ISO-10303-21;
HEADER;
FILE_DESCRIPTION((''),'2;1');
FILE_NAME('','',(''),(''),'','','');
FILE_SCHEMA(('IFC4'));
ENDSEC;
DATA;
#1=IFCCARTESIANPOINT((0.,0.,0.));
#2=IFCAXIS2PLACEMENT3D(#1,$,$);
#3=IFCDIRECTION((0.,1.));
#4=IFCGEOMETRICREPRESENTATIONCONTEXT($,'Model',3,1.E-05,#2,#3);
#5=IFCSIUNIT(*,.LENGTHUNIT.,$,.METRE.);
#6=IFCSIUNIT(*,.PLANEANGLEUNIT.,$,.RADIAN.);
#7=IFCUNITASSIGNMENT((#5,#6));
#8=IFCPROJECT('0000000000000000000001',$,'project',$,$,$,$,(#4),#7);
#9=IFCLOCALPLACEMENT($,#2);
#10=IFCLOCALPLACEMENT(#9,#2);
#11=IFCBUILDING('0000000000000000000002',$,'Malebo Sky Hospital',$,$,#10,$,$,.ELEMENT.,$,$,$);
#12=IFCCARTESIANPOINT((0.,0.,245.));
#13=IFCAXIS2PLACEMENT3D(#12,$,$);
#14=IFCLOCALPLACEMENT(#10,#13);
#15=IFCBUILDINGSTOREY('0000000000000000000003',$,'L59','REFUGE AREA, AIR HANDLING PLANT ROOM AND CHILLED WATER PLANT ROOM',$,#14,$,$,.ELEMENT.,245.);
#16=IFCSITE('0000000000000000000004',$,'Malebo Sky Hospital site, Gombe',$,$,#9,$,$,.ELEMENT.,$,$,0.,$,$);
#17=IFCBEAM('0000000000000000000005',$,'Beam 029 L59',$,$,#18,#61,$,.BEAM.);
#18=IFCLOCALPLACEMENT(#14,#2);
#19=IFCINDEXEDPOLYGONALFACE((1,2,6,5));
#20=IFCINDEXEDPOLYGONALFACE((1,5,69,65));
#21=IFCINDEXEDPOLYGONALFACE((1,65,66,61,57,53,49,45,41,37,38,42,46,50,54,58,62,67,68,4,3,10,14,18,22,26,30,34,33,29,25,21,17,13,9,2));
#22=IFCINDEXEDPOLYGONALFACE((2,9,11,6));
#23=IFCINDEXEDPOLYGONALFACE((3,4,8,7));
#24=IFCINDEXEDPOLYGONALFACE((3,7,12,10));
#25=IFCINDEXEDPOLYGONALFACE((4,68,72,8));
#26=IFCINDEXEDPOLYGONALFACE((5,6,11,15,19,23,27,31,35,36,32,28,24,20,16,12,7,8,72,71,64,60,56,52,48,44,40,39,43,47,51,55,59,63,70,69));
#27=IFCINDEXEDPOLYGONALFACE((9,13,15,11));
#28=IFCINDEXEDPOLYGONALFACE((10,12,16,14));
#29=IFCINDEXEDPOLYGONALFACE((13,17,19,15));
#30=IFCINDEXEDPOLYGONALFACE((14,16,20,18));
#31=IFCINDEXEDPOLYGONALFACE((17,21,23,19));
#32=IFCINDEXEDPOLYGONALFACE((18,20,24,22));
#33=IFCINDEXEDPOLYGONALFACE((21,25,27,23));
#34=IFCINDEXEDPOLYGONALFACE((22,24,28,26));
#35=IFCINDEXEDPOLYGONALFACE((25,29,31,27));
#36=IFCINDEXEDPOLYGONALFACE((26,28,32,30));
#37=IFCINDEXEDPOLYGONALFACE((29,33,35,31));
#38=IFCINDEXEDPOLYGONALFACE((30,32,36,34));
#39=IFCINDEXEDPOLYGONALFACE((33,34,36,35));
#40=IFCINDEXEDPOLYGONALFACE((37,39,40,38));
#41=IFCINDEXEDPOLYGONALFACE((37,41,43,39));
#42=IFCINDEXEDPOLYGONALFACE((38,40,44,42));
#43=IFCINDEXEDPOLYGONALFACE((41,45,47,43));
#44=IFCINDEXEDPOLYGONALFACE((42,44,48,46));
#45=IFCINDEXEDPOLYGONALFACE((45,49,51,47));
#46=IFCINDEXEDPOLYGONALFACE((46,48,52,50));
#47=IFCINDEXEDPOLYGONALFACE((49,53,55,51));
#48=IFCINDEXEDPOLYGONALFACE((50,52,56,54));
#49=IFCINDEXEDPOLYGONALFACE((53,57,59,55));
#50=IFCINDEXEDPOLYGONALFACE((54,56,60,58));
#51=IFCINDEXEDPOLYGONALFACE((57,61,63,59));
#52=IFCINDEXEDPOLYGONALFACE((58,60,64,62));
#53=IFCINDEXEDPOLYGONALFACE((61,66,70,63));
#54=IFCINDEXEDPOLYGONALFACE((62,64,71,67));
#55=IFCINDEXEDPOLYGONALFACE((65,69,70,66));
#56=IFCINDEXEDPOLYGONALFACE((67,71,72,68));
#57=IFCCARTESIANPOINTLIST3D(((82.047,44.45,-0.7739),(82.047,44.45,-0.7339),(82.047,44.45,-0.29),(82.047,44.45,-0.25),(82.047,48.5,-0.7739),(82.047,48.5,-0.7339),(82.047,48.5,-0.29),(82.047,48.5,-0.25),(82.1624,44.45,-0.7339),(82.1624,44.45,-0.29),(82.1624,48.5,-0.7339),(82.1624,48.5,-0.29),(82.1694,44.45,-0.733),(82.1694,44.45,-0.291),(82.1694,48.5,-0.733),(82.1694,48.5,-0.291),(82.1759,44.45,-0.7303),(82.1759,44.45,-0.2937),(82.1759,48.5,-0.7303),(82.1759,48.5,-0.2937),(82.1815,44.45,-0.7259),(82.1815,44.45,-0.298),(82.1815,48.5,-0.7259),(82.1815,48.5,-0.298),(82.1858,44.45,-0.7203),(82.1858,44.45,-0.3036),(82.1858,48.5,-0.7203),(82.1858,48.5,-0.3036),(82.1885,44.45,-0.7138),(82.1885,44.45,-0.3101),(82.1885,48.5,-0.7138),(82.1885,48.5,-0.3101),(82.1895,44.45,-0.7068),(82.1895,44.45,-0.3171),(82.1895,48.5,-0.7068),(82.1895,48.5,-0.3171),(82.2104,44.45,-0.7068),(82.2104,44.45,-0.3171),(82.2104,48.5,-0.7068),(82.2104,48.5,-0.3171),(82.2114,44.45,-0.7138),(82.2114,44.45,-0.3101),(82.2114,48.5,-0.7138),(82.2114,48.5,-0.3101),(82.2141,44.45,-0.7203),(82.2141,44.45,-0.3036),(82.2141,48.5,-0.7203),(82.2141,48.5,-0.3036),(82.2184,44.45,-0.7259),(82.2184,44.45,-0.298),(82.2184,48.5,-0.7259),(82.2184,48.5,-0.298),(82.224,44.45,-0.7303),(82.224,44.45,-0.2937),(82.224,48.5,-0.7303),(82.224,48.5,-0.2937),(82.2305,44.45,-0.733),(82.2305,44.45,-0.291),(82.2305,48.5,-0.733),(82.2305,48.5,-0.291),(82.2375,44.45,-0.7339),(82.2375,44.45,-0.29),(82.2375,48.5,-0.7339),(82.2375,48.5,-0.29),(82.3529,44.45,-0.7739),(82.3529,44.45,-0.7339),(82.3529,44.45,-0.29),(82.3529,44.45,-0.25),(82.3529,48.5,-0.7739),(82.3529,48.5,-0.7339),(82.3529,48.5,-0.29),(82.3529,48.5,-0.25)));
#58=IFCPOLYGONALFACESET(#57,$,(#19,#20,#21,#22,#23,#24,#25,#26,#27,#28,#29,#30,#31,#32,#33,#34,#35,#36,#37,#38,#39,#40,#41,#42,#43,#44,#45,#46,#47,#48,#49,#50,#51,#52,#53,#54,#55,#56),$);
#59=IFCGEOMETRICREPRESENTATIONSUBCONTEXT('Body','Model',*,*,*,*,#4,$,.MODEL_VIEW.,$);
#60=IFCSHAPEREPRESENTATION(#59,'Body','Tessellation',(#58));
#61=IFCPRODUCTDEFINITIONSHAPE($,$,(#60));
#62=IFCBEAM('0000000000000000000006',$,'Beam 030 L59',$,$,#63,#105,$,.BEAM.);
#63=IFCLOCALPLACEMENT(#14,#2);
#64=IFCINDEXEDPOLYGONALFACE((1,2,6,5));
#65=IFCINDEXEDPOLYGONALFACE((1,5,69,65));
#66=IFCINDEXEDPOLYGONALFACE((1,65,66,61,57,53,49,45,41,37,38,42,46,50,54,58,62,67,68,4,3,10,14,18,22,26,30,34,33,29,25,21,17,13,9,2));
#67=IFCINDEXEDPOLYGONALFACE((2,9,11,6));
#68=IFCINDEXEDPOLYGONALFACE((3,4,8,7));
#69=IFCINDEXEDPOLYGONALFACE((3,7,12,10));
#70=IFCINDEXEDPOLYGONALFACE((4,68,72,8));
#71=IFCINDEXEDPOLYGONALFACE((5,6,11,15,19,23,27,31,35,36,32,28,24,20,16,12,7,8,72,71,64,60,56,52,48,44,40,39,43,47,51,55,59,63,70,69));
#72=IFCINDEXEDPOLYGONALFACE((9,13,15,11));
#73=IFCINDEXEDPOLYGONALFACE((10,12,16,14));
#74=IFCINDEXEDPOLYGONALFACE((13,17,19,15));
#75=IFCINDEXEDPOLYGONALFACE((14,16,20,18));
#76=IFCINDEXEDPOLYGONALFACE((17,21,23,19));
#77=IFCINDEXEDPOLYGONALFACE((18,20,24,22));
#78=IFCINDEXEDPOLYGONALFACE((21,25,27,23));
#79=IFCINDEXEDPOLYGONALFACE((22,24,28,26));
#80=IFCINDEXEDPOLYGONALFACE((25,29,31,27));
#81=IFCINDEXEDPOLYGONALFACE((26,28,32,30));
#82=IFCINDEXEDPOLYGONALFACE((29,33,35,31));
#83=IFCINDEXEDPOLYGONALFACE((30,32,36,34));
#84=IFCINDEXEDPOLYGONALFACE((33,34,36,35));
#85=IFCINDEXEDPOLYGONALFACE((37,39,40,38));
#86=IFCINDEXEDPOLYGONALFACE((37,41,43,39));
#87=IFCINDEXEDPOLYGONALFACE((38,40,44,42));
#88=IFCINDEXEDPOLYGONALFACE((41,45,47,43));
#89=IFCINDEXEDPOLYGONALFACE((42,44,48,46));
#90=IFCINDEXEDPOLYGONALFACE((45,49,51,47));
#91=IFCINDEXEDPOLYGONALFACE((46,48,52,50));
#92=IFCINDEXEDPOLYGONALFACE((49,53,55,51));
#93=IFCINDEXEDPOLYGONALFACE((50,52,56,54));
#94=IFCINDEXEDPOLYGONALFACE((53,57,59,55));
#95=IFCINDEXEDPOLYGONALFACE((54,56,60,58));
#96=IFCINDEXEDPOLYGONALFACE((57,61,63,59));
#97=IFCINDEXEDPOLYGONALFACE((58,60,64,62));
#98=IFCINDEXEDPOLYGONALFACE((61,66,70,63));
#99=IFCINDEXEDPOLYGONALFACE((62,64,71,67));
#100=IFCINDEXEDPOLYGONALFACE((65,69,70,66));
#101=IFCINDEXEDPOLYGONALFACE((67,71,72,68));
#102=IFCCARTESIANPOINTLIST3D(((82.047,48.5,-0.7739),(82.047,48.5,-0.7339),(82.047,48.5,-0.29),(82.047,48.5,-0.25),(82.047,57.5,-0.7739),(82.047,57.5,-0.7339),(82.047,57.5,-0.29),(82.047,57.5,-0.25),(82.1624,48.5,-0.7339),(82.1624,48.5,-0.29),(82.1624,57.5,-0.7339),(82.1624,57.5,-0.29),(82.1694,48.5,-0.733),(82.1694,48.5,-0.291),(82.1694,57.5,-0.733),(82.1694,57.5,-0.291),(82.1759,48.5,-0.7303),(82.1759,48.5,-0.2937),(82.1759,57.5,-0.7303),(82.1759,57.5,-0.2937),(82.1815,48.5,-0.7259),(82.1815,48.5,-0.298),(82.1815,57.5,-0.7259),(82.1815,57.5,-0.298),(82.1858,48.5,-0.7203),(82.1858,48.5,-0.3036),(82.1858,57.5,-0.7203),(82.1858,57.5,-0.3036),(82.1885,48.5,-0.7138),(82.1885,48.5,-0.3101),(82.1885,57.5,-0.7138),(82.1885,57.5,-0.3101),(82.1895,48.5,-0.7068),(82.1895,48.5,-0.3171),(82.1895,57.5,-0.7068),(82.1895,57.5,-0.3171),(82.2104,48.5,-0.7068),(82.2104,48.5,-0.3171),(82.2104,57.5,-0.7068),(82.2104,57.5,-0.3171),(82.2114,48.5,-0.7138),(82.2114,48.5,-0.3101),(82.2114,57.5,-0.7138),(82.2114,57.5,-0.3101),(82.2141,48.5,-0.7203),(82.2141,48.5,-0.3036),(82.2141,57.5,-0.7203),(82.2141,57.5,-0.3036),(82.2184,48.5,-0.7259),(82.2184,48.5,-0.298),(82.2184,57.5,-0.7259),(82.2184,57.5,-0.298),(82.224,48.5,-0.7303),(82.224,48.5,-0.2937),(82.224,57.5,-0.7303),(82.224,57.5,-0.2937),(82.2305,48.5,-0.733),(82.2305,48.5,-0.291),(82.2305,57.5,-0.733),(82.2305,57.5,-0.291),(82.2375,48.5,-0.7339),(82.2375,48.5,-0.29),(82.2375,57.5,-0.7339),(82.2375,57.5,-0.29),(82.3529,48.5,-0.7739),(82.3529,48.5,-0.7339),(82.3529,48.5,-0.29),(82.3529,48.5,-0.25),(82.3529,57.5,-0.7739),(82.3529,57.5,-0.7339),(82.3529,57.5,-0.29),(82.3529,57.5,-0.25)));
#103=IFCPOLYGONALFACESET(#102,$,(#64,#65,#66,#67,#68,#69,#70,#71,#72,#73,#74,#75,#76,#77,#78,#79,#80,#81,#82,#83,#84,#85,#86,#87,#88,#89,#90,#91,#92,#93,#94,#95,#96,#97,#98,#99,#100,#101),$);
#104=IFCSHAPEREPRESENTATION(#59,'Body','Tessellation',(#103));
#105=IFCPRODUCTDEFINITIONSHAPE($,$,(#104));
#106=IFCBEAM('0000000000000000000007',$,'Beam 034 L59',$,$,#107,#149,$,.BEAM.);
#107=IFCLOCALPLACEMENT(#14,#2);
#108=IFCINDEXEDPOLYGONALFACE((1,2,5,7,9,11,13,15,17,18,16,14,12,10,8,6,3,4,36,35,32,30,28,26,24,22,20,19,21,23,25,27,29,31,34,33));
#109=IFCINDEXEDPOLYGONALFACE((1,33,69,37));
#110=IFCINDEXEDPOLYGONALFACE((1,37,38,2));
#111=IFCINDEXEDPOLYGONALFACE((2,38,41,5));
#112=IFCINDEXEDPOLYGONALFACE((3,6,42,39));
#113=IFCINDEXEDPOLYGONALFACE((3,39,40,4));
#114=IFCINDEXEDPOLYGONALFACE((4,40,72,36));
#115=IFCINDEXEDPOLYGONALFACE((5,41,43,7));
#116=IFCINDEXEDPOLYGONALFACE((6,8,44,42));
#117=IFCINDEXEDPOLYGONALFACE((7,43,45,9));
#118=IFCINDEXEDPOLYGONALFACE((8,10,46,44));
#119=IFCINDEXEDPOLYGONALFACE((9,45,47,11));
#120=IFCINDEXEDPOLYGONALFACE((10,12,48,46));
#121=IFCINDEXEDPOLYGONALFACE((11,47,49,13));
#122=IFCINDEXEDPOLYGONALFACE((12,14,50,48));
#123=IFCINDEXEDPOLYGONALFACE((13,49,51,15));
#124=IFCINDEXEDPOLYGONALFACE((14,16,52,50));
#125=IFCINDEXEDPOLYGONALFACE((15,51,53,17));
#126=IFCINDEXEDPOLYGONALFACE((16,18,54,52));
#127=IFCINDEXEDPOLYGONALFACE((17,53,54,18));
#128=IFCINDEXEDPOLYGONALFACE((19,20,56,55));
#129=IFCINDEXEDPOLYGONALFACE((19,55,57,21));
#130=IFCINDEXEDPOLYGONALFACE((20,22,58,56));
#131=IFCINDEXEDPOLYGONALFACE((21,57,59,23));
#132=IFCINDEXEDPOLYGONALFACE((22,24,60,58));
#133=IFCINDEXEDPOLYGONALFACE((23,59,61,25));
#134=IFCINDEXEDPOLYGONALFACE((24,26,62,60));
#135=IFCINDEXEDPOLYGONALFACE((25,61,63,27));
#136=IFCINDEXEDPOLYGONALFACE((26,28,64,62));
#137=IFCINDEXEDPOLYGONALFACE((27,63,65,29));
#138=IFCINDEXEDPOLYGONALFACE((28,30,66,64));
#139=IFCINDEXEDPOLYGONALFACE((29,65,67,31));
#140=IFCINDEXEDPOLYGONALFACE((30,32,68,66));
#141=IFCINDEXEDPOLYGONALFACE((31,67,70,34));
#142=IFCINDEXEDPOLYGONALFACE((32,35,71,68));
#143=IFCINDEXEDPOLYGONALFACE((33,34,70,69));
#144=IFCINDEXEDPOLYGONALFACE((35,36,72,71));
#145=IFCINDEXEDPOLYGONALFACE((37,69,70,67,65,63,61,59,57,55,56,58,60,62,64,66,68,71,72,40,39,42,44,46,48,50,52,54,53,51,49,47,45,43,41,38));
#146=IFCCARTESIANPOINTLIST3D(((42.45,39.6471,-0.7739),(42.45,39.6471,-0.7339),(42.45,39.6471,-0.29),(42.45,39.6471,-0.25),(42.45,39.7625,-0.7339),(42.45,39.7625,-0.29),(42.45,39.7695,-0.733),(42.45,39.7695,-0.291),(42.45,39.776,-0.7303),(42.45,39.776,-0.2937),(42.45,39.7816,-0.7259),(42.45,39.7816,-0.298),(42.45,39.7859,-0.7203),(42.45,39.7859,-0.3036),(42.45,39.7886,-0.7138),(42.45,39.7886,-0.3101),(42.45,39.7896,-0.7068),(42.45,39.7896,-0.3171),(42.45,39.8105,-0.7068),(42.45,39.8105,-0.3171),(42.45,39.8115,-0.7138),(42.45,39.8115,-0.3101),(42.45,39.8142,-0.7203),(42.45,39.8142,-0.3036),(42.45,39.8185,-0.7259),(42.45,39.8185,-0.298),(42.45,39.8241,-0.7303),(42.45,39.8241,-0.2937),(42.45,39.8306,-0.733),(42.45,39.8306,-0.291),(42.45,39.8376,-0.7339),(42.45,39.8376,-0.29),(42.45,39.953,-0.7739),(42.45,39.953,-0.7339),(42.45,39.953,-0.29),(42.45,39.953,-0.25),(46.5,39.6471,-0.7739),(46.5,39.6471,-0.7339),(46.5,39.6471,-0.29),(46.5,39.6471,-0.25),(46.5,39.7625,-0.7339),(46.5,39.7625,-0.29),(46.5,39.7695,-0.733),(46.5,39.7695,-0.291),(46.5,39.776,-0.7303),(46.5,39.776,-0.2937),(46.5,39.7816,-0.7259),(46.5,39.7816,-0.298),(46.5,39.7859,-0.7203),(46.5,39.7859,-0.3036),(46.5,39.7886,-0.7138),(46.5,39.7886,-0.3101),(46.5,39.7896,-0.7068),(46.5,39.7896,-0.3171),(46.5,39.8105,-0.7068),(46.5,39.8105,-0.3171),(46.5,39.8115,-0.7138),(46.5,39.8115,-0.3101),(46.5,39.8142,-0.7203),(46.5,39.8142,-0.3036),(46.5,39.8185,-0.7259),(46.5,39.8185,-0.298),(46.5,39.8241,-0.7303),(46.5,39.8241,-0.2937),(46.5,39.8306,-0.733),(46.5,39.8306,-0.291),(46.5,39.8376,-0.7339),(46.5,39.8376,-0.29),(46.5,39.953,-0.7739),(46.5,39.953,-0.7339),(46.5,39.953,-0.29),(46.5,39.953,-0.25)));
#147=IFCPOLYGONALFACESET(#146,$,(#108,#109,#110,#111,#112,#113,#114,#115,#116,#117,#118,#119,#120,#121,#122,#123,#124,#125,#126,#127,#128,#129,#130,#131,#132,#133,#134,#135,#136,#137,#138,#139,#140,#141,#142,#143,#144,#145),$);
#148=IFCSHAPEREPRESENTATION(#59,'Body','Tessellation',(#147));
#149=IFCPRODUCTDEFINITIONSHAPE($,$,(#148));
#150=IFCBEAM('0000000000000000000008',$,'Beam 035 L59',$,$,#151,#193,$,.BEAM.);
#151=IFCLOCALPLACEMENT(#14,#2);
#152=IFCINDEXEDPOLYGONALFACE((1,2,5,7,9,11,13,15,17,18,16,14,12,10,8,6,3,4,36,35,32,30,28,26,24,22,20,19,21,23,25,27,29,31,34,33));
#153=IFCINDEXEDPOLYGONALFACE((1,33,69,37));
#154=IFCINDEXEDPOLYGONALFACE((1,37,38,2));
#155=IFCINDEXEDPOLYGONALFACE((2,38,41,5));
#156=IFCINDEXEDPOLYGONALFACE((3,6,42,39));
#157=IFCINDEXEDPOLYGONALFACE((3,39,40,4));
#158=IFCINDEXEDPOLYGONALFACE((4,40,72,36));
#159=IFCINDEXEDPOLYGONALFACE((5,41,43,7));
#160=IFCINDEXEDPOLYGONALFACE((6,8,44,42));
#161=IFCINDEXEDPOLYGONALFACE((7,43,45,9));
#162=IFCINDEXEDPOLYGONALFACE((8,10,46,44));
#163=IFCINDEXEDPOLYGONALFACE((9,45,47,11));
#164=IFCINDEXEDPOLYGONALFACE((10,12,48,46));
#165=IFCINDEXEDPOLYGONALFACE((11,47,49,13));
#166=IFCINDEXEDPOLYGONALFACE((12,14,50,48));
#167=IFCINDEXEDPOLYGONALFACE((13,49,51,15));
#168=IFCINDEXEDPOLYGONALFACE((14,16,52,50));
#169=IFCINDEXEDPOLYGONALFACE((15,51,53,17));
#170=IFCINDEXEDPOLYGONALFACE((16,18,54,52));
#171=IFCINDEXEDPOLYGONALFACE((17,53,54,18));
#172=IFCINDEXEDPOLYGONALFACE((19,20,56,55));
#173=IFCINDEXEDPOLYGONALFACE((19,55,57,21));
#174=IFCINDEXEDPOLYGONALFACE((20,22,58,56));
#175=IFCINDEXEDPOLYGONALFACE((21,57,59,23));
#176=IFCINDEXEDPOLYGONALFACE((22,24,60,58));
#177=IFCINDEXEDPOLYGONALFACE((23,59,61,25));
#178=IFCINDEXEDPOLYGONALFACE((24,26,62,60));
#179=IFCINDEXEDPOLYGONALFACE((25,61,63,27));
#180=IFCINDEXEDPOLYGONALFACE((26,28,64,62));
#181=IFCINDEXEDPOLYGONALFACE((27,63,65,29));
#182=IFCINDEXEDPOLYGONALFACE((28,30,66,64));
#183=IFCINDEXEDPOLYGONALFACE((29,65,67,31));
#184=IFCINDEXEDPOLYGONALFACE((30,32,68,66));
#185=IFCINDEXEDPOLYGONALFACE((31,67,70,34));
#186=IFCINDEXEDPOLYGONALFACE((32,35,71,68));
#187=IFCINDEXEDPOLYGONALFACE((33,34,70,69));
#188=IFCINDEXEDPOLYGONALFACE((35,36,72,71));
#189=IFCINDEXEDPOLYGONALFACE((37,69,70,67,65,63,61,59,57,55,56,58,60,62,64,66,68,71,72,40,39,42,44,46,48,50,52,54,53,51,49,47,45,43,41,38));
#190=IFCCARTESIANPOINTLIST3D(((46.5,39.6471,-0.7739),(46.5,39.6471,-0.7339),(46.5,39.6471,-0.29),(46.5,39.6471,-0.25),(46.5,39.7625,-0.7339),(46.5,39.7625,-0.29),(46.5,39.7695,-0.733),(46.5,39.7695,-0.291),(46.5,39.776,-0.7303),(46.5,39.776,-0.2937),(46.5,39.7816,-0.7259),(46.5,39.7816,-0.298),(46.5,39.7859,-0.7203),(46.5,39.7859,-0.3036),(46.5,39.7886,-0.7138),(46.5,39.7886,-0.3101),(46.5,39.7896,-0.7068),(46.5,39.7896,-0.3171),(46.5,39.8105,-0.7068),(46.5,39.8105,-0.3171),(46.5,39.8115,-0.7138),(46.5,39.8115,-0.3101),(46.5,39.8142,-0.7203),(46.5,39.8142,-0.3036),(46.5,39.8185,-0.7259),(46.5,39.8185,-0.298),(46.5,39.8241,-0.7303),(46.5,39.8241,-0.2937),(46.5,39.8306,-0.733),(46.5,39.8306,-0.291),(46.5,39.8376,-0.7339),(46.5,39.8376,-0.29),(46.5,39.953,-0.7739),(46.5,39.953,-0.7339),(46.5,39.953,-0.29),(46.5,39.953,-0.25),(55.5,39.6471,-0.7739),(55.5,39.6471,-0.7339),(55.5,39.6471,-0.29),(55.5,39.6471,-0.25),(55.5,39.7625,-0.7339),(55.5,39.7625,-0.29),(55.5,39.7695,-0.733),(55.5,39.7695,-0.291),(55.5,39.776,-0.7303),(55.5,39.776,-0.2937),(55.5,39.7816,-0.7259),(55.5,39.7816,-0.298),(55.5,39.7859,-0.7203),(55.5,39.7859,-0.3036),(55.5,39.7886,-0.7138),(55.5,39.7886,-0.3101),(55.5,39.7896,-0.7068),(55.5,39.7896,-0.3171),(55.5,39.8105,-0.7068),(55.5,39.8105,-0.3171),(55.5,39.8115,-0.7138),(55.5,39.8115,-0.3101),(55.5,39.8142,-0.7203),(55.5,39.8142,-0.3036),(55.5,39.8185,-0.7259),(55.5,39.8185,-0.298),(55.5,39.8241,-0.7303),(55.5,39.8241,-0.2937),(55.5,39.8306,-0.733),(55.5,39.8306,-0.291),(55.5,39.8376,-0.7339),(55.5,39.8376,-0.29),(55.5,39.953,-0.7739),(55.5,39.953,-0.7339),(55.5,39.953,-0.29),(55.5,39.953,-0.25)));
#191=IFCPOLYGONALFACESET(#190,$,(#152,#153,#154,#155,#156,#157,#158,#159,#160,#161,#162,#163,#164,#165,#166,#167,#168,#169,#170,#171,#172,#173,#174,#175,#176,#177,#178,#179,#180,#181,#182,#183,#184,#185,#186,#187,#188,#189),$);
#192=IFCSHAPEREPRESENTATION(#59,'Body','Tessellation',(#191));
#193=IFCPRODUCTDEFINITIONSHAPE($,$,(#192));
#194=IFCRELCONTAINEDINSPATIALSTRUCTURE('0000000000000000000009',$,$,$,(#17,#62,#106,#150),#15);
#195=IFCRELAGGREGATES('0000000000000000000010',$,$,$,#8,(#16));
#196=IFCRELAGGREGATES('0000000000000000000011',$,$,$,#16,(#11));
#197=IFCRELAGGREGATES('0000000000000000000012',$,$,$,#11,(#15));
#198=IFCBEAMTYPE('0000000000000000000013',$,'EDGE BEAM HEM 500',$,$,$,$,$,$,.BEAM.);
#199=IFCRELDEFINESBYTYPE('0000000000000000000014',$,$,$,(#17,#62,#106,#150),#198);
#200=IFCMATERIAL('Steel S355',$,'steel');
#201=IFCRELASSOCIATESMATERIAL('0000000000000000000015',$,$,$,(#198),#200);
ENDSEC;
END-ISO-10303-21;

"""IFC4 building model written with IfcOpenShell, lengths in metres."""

from ifc_helpers import new_model, si_unit, direction, frame, origin, origin_2d, place, context, subcontext, project, spatial, i_section, extrude, material, material_profile, profile_set, type_object, element, save


model = new_model("IFC4")

# Units and contexts
model_context = context("Model", 3, precision=1e-05, world=origin(), true_north=direction((0.0, 1.0)))
body_context = subcontext(model_context, "Body", "Model", "MODEL_VIEW")
ifc_project = project(units=[si_unit("LENGTHUNIT", "METRE"), si_unit("PLANEANGLEUNIT", "RADIAN")], contexts=[model_context])

# Site, building, storey
site_placement = place(None, origin())
site = spatial("IfcSite", under=ifc_project, at=site_placement, Name="Malebo Sky Hospital site, Gombe", CompositionType="ELEMENT", RefElevation=0.0)
building_placement = place(site_placement, origin())
building = spatial("IfcBuilding", under=site, at=building_placement, Name="Malebo Sky Hospital", CompositionType="ELEMENT")
storey_placement = place(building_placement, frame((0.0, 0.0, 245.0)))
storey = spatial("IfcBuildingStorey", under=building, at=storey_placement, Name="L59", Description="REFUGE AREA, AIR HANDLING PLANT ROOM AND CHILLED WATER PLANT ROOM", CompositionType="ELEMENT", Elevation=245.0)

# Beams
ifc_material_1 = material(Name="Steel S355", Category="steel")
ifc_material_profile_1 = material_profile(ifc_material_1, i_section(OverallWidth=0.3059, OverallDepth=0.5239, WebThickness=0.021, FlangeThickness=0.04, FilletRadius=0.0271, at=origin_2d()), Name="HEM 500")
ifc_profile_set_1 = profile_set([ifc_material_profile_1], Name="Steel S355")
beam_type = type_object("IfcBeamType", Name="EDGE BEAM HEM 500", PredefinedType="BEAM", material=ifc_profile_set_1)
beam_1_placement = place(storey_placement, frame((82.2, 44.45, -0.512), z_axis=(0.0, 1.0, 0.0), x_axis=(-1.0, 0.0, 0.0)))
element("IfcBeam", 1, at=beam_1_placement, inside=storey, type_object=beam_type, Name="Beam 029 L59", PredefinedType="BEAM", context=body_context, shape_type="SweptSolid", body=[
    extrude(i_section(OverallWidth=0.3059, OverallDepth=0.5239, WebThickness=0.021, FlangeThickness=0.04, FilletRadius=0.0271, at=origin_2d()), origin(), (0.0, 0.0, 1.0), 4.05),
])
beam_2_placement = place(storey_placement, frame((82.2, 48.5, -0.512), z_axis=(0.0, 1.0, 0.0), x_axis=(-1.0, 0.0, 0.0)))
element("IfcBeam", 2, at=beam_2_placement, inside=storey, type_object=beam_type, Name="Beam 030 L59", PredefinedType="BEAM", context=body_context, shape_type="SweptSolid", body=[
    extrude(i_section(OverallWidth=0.3059, OverallDepth=0.5239, WebThickness=0.021, FlangeThickness=0.04, FilletRadius=0.0271, at=origin_2d()), origin(), (0.0, 0.0, 1.0), 9.0),
])
beam_3_placement = place(storey_placement, frame((42.45, 39.8, -0.512), z_axis=(1.0, 0.0, 0.0), x_axis=(0.0, 1.0, 0.0)))
element("IfcBeam", 3, at=beam_3_placement, inside=storey, type_object=beam_type, Name="Beam 034 L59", PredefinedType="BEAM", context=body_context, shape_type="SweptSolid", body=[
    extrude(i_section(OverallWidth=0.3059, OverallDepth=0.5239, WebThickness=0.021, FlangeThickness=0.04, FilletRadius=0.0271, at=origin_2d()), origin(), (0.0, 0.0, 1.0), 4.05),
])
for number, where, z_axis, x_axis, name in (
    (4, (46.5, 39.8, -0.512), (1.0, 0.0, 0.0), (0.0, 1.0, 0.0), "Beam 035 L59"),
):
    element("IfcBeam", number, at=place(storey_placement, frame(where, z_axis=z_axis, x_axis=x_axis)), inside=storey, type_object=beam_type, Name=name, PredefinedType="BEAM", context=body_context, shape_type="SweptSolid", body=[
        extrude(i_section(OverallWidth=0.3059, OverallDepth=0.5239, WebThickness=0.021, FlangeThickness=0.04, FilletRadius=0.0271, at=origin_2d()), origin(), (0.0, 0.0, 1.0), 9.0),
    ])

save(model, "model.ifc")
